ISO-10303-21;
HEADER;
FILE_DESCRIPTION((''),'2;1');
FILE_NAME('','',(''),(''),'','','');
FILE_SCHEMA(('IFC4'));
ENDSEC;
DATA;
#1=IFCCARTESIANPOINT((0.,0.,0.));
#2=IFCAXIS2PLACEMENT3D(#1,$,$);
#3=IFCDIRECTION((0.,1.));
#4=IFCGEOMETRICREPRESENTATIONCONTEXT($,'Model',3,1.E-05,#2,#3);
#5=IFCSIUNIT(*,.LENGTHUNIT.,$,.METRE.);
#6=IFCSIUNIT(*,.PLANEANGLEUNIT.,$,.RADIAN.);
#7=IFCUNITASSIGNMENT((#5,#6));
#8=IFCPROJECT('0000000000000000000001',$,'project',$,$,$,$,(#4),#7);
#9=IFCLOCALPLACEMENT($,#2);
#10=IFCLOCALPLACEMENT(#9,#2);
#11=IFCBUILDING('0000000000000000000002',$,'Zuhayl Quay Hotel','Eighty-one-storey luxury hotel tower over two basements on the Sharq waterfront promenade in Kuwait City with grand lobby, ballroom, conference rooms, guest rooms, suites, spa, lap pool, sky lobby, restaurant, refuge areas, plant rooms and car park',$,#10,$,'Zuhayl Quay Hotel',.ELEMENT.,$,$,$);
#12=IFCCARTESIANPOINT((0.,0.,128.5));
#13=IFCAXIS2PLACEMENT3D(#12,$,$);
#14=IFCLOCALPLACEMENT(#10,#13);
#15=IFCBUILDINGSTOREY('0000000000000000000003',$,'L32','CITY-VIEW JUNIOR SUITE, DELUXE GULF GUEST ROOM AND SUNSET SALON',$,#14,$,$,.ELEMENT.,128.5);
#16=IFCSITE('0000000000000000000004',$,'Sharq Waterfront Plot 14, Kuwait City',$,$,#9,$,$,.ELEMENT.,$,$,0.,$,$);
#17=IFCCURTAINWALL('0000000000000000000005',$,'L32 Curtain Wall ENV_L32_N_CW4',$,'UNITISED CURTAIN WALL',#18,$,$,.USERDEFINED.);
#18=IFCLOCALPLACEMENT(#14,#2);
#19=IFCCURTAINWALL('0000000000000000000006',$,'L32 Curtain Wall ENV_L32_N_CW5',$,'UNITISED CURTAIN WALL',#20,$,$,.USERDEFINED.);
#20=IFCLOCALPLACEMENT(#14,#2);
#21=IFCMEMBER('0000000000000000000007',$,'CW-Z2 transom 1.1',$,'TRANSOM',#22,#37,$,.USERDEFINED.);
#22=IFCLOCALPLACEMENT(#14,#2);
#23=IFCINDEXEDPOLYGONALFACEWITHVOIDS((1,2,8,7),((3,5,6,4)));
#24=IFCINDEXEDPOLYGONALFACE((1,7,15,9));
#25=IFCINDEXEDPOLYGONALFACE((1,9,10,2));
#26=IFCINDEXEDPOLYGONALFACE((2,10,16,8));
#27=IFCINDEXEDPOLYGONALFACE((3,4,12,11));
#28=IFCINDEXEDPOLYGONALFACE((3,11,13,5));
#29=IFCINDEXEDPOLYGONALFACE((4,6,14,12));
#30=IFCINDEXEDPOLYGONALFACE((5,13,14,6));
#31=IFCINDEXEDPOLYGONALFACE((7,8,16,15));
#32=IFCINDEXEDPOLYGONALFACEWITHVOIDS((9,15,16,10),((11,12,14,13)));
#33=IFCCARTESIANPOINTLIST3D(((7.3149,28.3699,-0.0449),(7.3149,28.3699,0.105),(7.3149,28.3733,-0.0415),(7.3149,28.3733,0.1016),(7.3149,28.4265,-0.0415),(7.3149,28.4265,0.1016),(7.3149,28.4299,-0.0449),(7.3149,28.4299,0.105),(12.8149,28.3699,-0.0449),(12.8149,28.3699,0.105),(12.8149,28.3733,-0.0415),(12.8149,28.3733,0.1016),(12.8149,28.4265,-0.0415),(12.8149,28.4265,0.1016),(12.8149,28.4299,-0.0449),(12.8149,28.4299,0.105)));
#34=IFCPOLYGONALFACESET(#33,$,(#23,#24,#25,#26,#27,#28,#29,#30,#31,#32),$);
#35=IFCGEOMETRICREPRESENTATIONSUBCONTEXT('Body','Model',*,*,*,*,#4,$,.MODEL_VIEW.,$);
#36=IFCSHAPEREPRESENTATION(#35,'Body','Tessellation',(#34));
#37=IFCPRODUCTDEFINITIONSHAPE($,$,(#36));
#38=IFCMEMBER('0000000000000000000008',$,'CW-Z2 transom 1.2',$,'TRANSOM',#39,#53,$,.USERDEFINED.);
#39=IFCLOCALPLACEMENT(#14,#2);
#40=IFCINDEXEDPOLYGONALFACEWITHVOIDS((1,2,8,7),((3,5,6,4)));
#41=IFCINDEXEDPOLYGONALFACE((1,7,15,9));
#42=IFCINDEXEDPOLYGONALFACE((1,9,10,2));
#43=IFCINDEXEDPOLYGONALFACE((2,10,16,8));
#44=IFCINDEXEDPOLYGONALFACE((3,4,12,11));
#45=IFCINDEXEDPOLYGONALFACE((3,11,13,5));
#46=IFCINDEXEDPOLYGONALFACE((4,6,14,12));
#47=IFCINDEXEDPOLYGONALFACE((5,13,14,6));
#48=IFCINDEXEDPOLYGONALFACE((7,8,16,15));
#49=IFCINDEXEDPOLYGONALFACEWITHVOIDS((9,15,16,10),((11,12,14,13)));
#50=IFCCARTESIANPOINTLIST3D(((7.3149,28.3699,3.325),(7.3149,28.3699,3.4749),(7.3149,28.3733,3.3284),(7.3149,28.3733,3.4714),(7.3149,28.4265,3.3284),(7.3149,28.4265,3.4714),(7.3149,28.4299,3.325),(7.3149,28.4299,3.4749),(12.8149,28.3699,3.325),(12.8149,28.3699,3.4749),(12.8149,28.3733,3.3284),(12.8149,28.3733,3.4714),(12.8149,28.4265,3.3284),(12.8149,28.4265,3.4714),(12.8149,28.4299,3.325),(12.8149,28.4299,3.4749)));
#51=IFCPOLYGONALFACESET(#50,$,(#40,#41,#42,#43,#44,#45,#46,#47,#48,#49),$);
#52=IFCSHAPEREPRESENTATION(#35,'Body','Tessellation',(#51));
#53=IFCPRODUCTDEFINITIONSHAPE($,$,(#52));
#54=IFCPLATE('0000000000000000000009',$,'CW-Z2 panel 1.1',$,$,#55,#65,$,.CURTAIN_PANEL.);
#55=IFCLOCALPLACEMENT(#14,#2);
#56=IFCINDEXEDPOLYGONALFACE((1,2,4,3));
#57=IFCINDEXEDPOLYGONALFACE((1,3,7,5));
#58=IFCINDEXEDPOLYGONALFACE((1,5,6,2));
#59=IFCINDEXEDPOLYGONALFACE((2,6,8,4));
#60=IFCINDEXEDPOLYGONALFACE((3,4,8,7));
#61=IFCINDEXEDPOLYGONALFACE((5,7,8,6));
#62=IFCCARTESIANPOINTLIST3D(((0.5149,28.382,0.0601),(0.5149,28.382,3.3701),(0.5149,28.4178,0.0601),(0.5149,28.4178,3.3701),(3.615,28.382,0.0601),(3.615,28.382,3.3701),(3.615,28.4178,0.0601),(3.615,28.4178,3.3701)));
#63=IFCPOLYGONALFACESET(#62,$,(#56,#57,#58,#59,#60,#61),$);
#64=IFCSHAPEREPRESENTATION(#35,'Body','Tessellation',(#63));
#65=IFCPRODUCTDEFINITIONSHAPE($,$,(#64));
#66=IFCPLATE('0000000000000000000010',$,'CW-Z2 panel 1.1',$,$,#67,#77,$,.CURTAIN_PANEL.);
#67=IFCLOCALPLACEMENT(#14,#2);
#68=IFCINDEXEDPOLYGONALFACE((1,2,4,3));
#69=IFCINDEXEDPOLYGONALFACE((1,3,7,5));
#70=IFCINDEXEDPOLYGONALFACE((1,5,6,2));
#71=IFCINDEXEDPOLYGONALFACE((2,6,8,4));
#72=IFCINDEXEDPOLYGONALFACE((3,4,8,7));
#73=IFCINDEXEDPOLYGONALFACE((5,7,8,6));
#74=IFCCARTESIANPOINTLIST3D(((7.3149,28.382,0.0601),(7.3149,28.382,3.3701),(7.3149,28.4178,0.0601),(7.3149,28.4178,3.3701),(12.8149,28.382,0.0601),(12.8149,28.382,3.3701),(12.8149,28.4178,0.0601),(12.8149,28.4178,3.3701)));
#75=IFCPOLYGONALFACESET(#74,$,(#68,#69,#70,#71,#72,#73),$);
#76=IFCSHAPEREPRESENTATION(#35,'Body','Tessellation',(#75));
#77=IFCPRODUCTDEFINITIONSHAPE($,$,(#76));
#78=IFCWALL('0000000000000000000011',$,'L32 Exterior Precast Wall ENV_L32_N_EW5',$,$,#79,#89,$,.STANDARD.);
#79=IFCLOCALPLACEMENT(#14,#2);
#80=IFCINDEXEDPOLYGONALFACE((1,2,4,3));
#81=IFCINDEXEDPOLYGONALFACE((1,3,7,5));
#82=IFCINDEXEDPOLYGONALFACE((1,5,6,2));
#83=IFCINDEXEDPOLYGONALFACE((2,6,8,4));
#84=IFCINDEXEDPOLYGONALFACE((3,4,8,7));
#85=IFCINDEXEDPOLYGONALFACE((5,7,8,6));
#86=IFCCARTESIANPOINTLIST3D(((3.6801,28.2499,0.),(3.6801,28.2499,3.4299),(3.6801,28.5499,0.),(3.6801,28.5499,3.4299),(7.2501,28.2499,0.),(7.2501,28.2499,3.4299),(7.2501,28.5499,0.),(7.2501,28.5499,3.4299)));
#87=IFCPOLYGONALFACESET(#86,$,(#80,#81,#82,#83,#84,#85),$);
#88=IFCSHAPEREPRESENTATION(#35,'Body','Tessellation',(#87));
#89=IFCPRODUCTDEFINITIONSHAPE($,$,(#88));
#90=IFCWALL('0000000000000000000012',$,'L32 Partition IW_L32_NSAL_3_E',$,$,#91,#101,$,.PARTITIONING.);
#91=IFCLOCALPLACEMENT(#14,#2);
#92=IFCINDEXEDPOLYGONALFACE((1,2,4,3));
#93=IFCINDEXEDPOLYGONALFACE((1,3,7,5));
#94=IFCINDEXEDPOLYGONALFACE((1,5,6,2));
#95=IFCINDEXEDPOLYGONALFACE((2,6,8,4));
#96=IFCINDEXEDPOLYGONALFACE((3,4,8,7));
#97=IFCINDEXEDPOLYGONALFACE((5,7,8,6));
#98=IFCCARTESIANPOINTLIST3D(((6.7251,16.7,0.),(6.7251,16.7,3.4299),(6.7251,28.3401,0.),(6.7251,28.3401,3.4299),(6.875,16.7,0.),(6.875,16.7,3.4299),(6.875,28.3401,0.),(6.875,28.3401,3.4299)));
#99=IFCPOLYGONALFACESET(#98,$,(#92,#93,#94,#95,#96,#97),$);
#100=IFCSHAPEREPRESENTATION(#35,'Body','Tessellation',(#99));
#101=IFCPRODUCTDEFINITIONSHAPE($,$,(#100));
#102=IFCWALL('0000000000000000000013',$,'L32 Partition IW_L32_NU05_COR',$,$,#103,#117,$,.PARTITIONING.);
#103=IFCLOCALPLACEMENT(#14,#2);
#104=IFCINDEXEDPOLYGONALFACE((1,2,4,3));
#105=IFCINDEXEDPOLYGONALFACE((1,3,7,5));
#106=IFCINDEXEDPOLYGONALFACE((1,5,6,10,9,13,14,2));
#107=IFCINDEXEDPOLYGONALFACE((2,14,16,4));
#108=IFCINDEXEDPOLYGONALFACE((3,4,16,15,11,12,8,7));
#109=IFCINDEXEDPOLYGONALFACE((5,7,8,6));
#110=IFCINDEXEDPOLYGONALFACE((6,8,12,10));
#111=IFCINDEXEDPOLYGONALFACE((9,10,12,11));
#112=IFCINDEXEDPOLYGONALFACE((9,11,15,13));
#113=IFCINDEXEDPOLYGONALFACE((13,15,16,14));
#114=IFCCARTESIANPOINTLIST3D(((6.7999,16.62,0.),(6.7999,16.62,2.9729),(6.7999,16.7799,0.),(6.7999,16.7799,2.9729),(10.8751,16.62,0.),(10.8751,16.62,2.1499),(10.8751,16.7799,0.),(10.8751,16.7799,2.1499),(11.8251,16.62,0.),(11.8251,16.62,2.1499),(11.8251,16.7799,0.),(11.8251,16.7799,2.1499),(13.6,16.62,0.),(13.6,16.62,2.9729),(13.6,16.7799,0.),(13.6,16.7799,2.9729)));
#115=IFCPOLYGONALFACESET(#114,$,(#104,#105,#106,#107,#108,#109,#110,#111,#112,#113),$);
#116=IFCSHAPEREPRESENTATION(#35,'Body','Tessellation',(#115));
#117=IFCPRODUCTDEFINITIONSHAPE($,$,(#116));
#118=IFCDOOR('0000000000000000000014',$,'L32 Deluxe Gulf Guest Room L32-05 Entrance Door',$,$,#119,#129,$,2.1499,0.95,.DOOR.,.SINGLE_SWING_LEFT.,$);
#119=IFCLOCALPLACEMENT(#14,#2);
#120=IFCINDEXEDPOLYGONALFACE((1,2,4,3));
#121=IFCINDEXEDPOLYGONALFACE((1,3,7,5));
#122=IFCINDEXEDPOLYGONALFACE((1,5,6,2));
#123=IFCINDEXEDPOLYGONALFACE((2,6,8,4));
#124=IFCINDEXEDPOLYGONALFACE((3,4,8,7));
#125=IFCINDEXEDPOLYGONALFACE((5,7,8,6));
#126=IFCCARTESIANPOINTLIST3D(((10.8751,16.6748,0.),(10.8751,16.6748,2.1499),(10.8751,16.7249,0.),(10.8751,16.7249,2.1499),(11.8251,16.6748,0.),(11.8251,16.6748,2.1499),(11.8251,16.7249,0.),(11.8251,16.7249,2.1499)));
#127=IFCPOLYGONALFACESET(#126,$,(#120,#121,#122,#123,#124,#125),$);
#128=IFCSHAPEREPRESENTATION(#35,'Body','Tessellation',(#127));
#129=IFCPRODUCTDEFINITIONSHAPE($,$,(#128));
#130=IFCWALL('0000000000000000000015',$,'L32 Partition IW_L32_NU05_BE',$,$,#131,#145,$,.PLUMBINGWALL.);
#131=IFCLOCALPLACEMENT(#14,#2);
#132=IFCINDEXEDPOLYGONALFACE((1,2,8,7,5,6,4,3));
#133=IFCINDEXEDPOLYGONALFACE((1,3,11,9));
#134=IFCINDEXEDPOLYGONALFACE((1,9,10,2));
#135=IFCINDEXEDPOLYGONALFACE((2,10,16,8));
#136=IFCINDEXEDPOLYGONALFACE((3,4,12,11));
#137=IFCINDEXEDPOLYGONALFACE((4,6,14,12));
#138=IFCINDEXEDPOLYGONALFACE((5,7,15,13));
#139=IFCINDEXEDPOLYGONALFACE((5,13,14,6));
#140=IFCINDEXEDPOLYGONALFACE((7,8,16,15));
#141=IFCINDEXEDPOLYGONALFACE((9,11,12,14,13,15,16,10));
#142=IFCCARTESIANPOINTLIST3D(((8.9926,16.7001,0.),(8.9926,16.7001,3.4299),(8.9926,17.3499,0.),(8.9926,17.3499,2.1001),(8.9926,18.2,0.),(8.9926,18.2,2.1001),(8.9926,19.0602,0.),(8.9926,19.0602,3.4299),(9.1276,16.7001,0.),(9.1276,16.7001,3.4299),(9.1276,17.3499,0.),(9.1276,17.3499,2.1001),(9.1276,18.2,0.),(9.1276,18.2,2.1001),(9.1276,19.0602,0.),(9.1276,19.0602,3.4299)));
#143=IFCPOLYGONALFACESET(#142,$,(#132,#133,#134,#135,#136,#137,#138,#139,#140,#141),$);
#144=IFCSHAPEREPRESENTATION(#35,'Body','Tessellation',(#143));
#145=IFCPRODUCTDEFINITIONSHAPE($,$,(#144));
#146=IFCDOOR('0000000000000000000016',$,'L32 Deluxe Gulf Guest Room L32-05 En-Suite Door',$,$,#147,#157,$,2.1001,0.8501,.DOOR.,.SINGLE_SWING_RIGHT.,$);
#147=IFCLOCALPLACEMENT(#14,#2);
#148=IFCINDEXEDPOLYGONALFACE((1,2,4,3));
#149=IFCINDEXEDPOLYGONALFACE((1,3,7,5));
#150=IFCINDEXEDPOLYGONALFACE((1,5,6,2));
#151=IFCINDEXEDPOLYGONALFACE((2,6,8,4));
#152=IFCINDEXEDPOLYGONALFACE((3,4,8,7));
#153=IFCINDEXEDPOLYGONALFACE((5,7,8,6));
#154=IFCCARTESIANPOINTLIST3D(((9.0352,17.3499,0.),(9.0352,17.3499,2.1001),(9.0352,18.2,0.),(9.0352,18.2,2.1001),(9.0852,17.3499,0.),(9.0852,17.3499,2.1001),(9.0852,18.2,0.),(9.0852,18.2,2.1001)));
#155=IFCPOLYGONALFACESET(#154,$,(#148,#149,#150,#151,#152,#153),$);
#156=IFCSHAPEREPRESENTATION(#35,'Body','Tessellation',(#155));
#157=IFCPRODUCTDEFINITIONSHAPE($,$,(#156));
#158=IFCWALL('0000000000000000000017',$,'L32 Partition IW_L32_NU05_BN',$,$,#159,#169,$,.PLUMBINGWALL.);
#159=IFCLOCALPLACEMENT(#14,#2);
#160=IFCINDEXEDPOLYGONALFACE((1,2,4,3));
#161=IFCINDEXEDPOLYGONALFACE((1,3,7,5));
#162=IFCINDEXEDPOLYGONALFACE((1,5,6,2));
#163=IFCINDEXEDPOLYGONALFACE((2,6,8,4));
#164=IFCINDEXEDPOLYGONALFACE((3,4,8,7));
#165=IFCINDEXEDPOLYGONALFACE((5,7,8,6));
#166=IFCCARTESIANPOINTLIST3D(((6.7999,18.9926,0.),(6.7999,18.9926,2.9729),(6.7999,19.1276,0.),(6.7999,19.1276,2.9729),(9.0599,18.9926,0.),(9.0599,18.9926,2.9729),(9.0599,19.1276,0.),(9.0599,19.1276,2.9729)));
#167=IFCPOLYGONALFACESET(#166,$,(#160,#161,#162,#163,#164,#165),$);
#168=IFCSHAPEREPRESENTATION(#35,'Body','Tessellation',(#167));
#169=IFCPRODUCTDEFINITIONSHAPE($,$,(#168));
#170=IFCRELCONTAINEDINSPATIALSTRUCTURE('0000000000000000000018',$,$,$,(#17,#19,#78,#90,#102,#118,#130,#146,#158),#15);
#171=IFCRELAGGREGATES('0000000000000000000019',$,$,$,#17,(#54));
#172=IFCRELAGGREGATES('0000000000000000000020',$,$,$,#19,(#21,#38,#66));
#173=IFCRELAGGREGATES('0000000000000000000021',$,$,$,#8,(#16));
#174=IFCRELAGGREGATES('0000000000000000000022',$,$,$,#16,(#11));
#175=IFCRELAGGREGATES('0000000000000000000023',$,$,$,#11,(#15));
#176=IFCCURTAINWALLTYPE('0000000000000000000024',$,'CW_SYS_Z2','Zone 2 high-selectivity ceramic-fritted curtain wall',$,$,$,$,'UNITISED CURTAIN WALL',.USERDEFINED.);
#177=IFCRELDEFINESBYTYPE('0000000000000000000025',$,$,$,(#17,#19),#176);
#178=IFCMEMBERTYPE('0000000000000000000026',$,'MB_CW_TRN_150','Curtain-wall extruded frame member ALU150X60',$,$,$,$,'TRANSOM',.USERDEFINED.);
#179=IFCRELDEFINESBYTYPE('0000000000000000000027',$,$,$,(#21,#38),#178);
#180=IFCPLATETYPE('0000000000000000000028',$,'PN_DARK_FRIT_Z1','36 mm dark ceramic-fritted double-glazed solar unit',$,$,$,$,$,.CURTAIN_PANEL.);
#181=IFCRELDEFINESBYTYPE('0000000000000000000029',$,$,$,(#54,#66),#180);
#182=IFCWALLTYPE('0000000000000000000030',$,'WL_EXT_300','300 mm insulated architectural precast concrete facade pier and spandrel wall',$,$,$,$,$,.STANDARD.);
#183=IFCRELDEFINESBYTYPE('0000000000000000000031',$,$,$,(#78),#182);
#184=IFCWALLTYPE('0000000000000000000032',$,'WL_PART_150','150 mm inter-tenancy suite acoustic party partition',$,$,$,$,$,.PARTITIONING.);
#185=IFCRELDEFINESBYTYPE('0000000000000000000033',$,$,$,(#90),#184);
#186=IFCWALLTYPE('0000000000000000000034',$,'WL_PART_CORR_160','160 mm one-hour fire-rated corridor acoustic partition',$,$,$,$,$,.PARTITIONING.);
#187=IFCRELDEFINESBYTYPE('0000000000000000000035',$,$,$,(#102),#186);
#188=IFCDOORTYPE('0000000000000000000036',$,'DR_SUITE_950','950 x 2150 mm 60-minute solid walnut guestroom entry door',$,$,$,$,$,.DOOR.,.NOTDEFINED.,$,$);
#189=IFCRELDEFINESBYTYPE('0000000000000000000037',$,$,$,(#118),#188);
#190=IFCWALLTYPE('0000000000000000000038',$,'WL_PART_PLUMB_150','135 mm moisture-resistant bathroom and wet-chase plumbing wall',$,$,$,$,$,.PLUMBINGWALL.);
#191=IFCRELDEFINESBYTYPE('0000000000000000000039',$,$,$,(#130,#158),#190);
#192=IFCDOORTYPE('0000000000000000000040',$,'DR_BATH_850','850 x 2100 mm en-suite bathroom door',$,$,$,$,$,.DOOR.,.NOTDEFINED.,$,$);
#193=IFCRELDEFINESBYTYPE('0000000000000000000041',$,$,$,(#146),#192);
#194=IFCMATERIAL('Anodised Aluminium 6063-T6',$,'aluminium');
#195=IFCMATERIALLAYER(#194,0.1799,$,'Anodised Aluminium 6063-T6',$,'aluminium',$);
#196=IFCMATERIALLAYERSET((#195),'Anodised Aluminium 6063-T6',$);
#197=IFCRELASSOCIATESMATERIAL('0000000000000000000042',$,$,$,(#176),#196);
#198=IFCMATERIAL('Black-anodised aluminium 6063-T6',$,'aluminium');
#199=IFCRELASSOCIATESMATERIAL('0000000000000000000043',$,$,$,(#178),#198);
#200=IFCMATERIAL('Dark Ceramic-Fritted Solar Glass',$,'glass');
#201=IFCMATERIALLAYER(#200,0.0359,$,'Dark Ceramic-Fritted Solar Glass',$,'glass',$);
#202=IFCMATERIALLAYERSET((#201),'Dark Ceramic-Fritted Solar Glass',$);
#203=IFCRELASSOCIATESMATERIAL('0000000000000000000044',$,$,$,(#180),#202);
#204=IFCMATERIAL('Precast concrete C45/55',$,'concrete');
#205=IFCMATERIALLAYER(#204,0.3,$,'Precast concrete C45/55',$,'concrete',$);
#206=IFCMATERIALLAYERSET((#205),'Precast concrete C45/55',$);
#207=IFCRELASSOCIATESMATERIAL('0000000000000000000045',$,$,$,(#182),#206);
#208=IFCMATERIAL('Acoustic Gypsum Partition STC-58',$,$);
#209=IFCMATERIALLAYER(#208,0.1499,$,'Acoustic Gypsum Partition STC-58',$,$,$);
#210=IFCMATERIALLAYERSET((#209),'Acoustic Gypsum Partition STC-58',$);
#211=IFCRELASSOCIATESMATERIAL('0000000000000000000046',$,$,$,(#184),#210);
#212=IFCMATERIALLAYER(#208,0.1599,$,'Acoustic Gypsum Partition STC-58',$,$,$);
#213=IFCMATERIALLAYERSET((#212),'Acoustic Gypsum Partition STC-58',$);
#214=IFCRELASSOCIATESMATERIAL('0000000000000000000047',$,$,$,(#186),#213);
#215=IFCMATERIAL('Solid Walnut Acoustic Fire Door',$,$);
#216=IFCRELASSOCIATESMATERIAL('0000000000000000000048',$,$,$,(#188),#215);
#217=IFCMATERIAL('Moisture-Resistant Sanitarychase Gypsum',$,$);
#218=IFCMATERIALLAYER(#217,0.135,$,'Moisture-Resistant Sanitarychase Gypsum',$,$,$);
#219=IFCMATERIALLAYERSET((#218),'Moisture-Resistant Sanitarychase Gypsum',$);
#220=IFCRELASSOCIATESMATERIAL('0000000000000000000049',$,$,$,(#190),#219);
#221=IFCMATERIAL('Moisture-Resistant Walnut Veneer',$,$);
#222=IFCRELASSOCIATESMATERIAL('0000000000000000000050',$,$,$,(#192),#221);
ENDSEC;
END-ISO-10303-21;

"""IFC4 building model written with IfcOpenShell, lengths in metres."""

from ifc_helpers import new_model, si_unit, direction, frame, frame_2d, origin, origin_2d, place, context, subcontext, project, spatial, rectangle, hollow_rectangle, extrude, material, layer, layer_set, material_profile, profile_set, type_object, element, fill, aggregate, save


model = new_model("IFC4")

# Units and contexts
model_context = context("Model", 3, precision=1e-05, world=origin(), true_north=direction((0.0, 1.0)))
body_context = subcontext(model_context, "Body", "Model", "MODEL_VIEW")
ifc_project = project(units=[si_unit("LENGTHUNIT", "METRE"), si_unit("PLANEANGLEUNIT", "RADIAN")], contexts=[model_context])

# Site, building, storey
site_placement = place(None, origin())
site = spatial("IfcSite", under=ifc_project, at=site_placement, Name="Sharq Waterfront Plot 14, Kuwait City", CompositionType="ELEMENT", RefElevation=0.0)
building_placement = place(site_placement, origin())
building = spatial("IfcBuilding", under=site, at=building_placement, Name="Zuhayl Quay Hotel", Description="Eighty-one-storey luxury hotel tower over two basements on the Sharq waterfront promenade in Kuwait City with grand lobby, ballroom, conference rooms, guest rooms, suites, spa, lap pool, sky lobby, restaurant, refuge areas, plant rooms and car park", LongName="Zuhayl Quay Hotel", CompositionType="ELEMENT")
storey_placement = place(building_placement, frame((0.0, 0.0, 128.5)))
storey = spatial("IfcBuildingStorey", under=building, at=storey_placement, Name="L32", Description="CITY-VIEW JUNIOR SUITE, DELUXE GULF GUEST ROOM AND SUNSET SALON", CompositionType="ELEMENT", Elevation=128.5)

# Curtain wall
ifc_material_1 = material(Name="Anodised Aluminium 6063-T6", Category="aluminium")
ifc_layer_1 = layer(ifc_material_1, 0.1799, Name="Anodised Aluminium 6063-T6", Category="aluminium")
ifc_layer_set_1 = layer_set([ifc_layer_1], Name="Anodised Aluminium 6063-T6")
curtain_wall_type = type_object("IfcCurtainWallType", Name="CW_SYS_Z2", Description="Zone 2 high-selectivity ceramic-fritted curtain wall", ElementType="UNITISED CURTAIN WALL", PredefinedType="USERDEFINED", material=ifc_layer_set_1)
curtain_wall_1_placement = place(storey_placement, origin())
curtain_wall_1 = element("IfcCurtainWall", 1, at=curtain_wall_1_placement, inside=storey, type_object=curtain_wall_type, Name="L32 Curtain Wall ENV_L32_N_CW4", ObjectType="UNITISED CURTAIN WALL", PredefinedType="USERDEFINED")
ifc_material_2 = material(Name="Black-anodised aluminium 6063-T6", Category="aluminium")

# Curtain wall
curtain_wall_2_placement = place(storey_placement, origin())
curtain_wall_2 = element("IfcCurtainWall", 2, at=curtain_wall_2_placement, inside=storey, type_object=curtain_wall_type, Name="L32 Curtain Wall ENV_L32_N_CW5", ObjectType="UNITISED CURTAIN WALL", PredefinedType="USERDEFINED")

# Members
ifc_material_profile_1 = material_profile(ifc_material_2, hollow_rectangle(XDim=0.0601, YDim=0.1499, WallThickness=0.0034, at=origin_2d()), Name="ALU150X60")
ifc_profile_set_1 = profile_set([ifc_material_profile_1], Name="Black-anodised aluminium 6063-T6")
member_type_1 = type_object("IfcMemberType", Name="MB_CW_TRN_150", Description="Curtain-wall extruded frame member ALU150X60", ElementType="TRANSOM", PredefinedType="USERDEFINED", material=ifc_profile_set_1)
member_1_placement = place(storey_placement, frame((7.3149, 28.3999, 0.03), z_axis=(1.0, 0.0, 0.0), x_axis=(0.0, 1.0, 0.0)))
member_1 = element("IfcMember", 3, at=member_1_placement, type_object=member_type_1, Name="CW-Z2 transom 1.1", ObjectType="TRANSOM", PredefinedType="USERDEFINED", context=body_context, shape_type="SweptSolid", body=[
    extrude(hollow_rectangle(XDim=0.0601, YDim=0.1499, WallThickness=0.0034, at=origin_2d()), origin(), (0.0, 0.0, 1.0), 5.5),
])
member_2_placement = place(storey_placement, frame((7.3149, 28.3999, 3.3999), z_axis=(1.0, 0.0, 0.0), x_axis=(0.0, 1.0, 0.0)))
member_2 = element("IfcMember", 4, at=member_2_placement, type_object=member_type_1, Name="CW-Z2 transom 1.2", ObjectType="TRANSOM", PredefinedType="USERDEFINED", context=body_context, shape_type="SweptSolid", body=[
    extrude(hollow_rectangle(XDim=0.0601, YDim=0.1499, WallThickness=0.0034, at=origin_2d()), origin(), (0.0, 0.0, 1.0), 5.5),
])

# Plates
ifc_material_3 = material(Name="Dark Ceramic-Fritted Solar Glass", Category="glass")
ifc_layer_2 = layer(ifc_material_3, 0.0359, Name="Dark Ceramic-Fritted Solar Glass", Category="glass")
ifc_layer_set_2 = layer_set([ifc_layer_2], Name="Dark Ceramic-Fritted Solar Glass")
plate_type = type_object("IfcPlateType", Name="PN_DARK_FRIT_Z1", Description="36 mm dark ceramic-fritted double-glazed solar unit", PredefinedType="CURTAIN_PANEL", material=ifc_layer_set_2)
plate_1_placement = place(storey_placement, frame((2.0649, 28.3999, 0.0601), z_axis=(0.0, 0.0, 1.0), x_axis=(1.0, 0.0, 0.0)))
plate_1 = element("IfcPlate", 5, at=plate_1_placement, type_object=plate_type, Name="CW-Z2 panel 1.1", PredefinedType="CURTAIN_PANEL", context=body_context, shape_type="SweptSolid", body=[
    extrude(rectangle(XDim=3.1001, YDim=0.0359, at=origin_2d()), origin(), (0.0, 0.0, 1.0), 3.3101),
])
aggregate(curtain_wall_1, [plate_1])
plate_2_placement = place(storey_placement, frame((10.0649, 28.3999, 0.0601), z_axis=(0.0, 0.0, 1.0), x_axis=(1.0, 0.0, 0.0)))
plate_2 = element("IfcPlate", 6, at=plate_2_placement, type_object=plate_type, Name="CW-Z2 panel 1.1", PredefinedType="CURTAIN_PANEL", context=body_context, shape_type="SweptSolid", body=[
    extrude(rectangle(XDim=5.5, YDim=0.0359, at=origin_2d()), origin(), (0.0, 0.0, 1.0), 3.3101),
])
aggregate(curtain_wall_2, [member_1, member_2, plate_2])

# Walls
ifc_material_4 = material(Name="Precast concrete C45/55", Category="concrete")
ifc_layer_3 = layer(ifc_material_4, 0.3, Name="Precast concrete C45/55", Category="concrete")
ifc_layer_set_3 = layer_set([ifc_layer_3], Name="Precast concrete C45/55")
wall_type_1 = type_object("IfcWallType", Name="WL_EXT_300", Description="300 mm insulated architectural precast concrete facade pier and spandrel wall", PredefinedType="STANDARD", material=ifc_layer_set_3)
wall_1_placement = place(storey_placement, frame((3.6799, 28.3999, 0.0), z_axis=(0.0, 0.0, 1.0), x_axis=(1.0, 0.0, 0.0)))
element("IfcWall", 7, at=wall_1_placement, inside=storey, type_object=wall_type_1, Name="L32 Exterior Precast Wall ENV_L32_N_EW5", PredefinedType="STANDARD", context=body_context, shape_type="SweptSolid", body=[
    extrude(rectangle(XDim=3.5701, YDim=0.3, at=frame_2d((1.7852, 0.0))), origin(), (0.0, 0.0, 1.0), 3.4299),
])
ifc_material_5 = material(Name="Acoustic Gypsum Partition STC-58")
ifc_layer_4 = layer(ifc_material_5, 0.1499, Name="Acoustic Gypsum Partition STC-58")
ifc_layer_set_4 = layer_set([ifc_layer_4], Name="Acoustic Gypsum Partition STC-58")
wall_type_2 = type_object("IfcWallType", Name="WL_PART_150", Description="150 mm inter-tenancy suite acoustic party partition", PredefinedType="PARTITIONING", material=ifc_layer_set_4)
wall_2_placement = place(storey_placement, frame((6.8, 16.7, 0.0), z_axis=(0.0, 0.0, 1.0), x_axis=(0.0, 1.0, 0.0)))
element("IfcWall", 8, at=wall_2_placement, inside=storey, type_object=wall_type_2, Name="L32 Partition IW_L32_NSAL_3_E", PredefinedType="PARTITIONING", context=body_context, shape_type="SweptSolid", body=[
    extrude(rectangle(XDim=11.6401, YDim=0.1499, at=frame_2d((5.8201, 0.0))), origin(), (0.0, 0.0, 1.0), 3.4299),
])

# Walls, openings, doors
ifc_layer_5 = layer(ifc_material_5, 0.1599, Name="Acoustic Gypsum Partition STC-58")
ifc_layer_set_5 = layer_set([ifc_layer_5], Name="Acoustic Gypsum Partition STC-58")
wall_type_3 = type_object("IfcWallType", Name="WL_PART_CORR_160", Description="160 mm one-hour fire-rated corridor acoustic partition", PredefinedType="PARTITIONING", material=ifc_layer_set_5)
wall_3_placement = place(storey_placement, frame((6.8, 16.7, 0.0), z_axis=(0.0, 0.0, 1.0), x_axis=(1.0, 0.0, 0.0)))
wall_3 = element("IfcWall", 9, at=wall_3_placement, inside=storey, type_object=wall_type_3, Name="L32 Partition IW_L32_NU05_COR", PredefinedType="PARTITIONING", context=body_context, shape_type="SweptSolid", body=[
    extrude(rectangle(XDim=6.8, YDim=0.1599, at=frame_2d((3.3999, 0.0))), origin(), (0.0, 0.0, 1.0), 2.9729),
])
opening_1_placement = place(wall_3_placement, frame((4.075, 0.0, 0.0)))
opening_1 = element("IfcOpeningElement", 10, at=opening_1_placement, cuts=wall_3, PredefinedType="OPENING", context=body_context, shape_type="SweptSolid", body=[
    extrude(rectangle(XDim=0.95, YDim=2.1499, at=frame_2d((0.4751, 1.075))), frame((0.0, 0.0898, 0.0), z_axis=(0.0, -1.0, 0.0), x_axis=(1.0, 0.0, 0.0)), (0.0, 0.0, 1.0), 0.1799),
])
ifc_material_6 = material(Name="Solid Walnut Acoustic Fire Door")
door_type_1 = type_object("IfcDoorType", Name="DR_SUITE_950", Description="950 x 2150 mm 60-minute solid walnut guestroom entry door", OperationType="NOTDEFINED", PredefinedType="DOOR", material=ifc_material_6)
door_1_placement = place(opening_1_placement, origin())
door_1 = element("IfcDoor", 11, at=door_1_placement, inside=storey, type_object=door_type_1, Name="L32 Deluxe Gulf Guest Room L32-05 Entrance Door", OperationType="SINGLE_SWING_LEFT", OverallHeight=2.1499, OverallWidth=0.95, PredefinedType="DOOR", context=body_context, shape_type="SweptSolid", body=[
    extrude(rectangle(XDim=0.95, YDim=2.1499, at=frame_2d((0.4751, 1.075))), frame((0.0, 0.0249, 0.0), z_axis=(0.0, -1.0, 0.0), x_axis=(1.0, 0.0, 0.0)), (0.0, 0.0, 1.0), 0.05),
])
fill(opening_1, door_1)
ifc_material_7 = material(Name="Moisture-Resistant Sanitarychase Gypsum")
ifc_layer_6 = layer(ifc_material_7, 0.135, Name="Moisture-Resistant Sanitarychase Gypsum")
ifc_layer_set_6 = layer_set([ifc_layer_6], Name="Moisture-Resistant Sanitarychase Gypsum")
wall_type_4 = type_object("IfcWallType", Name="WL_PART_PLUMB_150", Description="135 mm moisture-resistant bathroom and wet-chase plumbing wall", PredefinedType="PLUMBINGWALL", material=ifc_layer_set_6)
wall_4_placement = place(storey_placement, frame((9.0601, 16.7, 0.0), z_axis=(0.0, 0.0, 1.0), x_axis=(0.0, 1.0, 0.0)))
wall_4 = element("IfcWall", 12, at=wall_4_placement, inside=storey, type_object=wall_type_4, Name="L32 Partition IW_L32_NU05_BE", PredefinedType="PLUMBINGWALL", context=body_context, shape_type="SweptSolid", body=[
    extrude(rectangle(XDim=2.3601, YDim=0.135, at=frame_2d((1.1802, 0.0))), origin(), (0.0, 0.0, 1.0), 3.4299),
])
opening_2_placement = place(wall_4_placement, frame((0.6499, 0.0, 0.0)))
opening_2 = element("IfcOpeningElement", 13, at=opening_2_placement, cuts=wall_4, PredefinedType="OPENING", context=body_context, shape_type="SweptSolid", body=[
    extrude(rectangle(XDim=0.8501, YDim=2.1001, at=frame_2d((0.425, 1.05))), frame((0.0, 0.0774, 0.0), z_axis=(0.0, -1.0, 0.0), x_axis=(1.0, 0.0, 0.0)), (0.0, 0.0, 1.0), 0.155),
])
ifc_material_8 = material(Name="Moisture-Resistant Walnut Veneer")
door_type_2 = type_object("IfcDoorType", Name="DR_BATH_850", Description="850 x 2100 mm en-suite bathroom door", OperationType="NOTDEFINED", PredefinedType="DOOR", material=ifc_material_8)
door_2_placement = place(opening_2_placement, origin())
door_2 = element("IfcDoor", 14, at=door_2_placement, inside=storey, type_object=door_type_2, Name="L32 Deluxe Gulf Guest Room L32-05 En-Suite Door", OperationType="SINGLE_SWING_RIGHT", OverallHeight=2.1001, OverallWidth=0.8501, PredefinedType="DOOR", context=body_context, shape_type="SweptSolid", body=[
    extrude(rectangle(XDim=0.8501, YDim=2.1001, at=frame_2d((0.425, 1.05))), frame((0.0, 0.0249, 0.0), z_axis=(0.0, -1.0, 0.0), x_axis=(1.0, 0.0, 0.0)), (0.0, 0.0, 1.0), 0.05),
])
fill(opening_2, door_2)

# Wall
wall_5_placement = place(storey_placement, frame((6.8, 19.0601, 0.0), z_axis=(0.0, 0.0, 1.0), x_axis=(1.0, 0.0, 0.0)))
element("IfcWall", 15, at=wall_5_placement, inside=storey, type_object=wall_type_4, Name="L32 Partition IW_L32_NU05_BN", PredefinedType="PLUMBINGWALL", context=body_context, shape_type="SweptSolid", body=[
    extrude(rectangle(XDim=2.26, YDim=0.135, at=frame_2d((1.1299, 0.0))), origin(), (0.0, 0.0, 1.0), 2.9729),
])

save(model, "model.ifc")
